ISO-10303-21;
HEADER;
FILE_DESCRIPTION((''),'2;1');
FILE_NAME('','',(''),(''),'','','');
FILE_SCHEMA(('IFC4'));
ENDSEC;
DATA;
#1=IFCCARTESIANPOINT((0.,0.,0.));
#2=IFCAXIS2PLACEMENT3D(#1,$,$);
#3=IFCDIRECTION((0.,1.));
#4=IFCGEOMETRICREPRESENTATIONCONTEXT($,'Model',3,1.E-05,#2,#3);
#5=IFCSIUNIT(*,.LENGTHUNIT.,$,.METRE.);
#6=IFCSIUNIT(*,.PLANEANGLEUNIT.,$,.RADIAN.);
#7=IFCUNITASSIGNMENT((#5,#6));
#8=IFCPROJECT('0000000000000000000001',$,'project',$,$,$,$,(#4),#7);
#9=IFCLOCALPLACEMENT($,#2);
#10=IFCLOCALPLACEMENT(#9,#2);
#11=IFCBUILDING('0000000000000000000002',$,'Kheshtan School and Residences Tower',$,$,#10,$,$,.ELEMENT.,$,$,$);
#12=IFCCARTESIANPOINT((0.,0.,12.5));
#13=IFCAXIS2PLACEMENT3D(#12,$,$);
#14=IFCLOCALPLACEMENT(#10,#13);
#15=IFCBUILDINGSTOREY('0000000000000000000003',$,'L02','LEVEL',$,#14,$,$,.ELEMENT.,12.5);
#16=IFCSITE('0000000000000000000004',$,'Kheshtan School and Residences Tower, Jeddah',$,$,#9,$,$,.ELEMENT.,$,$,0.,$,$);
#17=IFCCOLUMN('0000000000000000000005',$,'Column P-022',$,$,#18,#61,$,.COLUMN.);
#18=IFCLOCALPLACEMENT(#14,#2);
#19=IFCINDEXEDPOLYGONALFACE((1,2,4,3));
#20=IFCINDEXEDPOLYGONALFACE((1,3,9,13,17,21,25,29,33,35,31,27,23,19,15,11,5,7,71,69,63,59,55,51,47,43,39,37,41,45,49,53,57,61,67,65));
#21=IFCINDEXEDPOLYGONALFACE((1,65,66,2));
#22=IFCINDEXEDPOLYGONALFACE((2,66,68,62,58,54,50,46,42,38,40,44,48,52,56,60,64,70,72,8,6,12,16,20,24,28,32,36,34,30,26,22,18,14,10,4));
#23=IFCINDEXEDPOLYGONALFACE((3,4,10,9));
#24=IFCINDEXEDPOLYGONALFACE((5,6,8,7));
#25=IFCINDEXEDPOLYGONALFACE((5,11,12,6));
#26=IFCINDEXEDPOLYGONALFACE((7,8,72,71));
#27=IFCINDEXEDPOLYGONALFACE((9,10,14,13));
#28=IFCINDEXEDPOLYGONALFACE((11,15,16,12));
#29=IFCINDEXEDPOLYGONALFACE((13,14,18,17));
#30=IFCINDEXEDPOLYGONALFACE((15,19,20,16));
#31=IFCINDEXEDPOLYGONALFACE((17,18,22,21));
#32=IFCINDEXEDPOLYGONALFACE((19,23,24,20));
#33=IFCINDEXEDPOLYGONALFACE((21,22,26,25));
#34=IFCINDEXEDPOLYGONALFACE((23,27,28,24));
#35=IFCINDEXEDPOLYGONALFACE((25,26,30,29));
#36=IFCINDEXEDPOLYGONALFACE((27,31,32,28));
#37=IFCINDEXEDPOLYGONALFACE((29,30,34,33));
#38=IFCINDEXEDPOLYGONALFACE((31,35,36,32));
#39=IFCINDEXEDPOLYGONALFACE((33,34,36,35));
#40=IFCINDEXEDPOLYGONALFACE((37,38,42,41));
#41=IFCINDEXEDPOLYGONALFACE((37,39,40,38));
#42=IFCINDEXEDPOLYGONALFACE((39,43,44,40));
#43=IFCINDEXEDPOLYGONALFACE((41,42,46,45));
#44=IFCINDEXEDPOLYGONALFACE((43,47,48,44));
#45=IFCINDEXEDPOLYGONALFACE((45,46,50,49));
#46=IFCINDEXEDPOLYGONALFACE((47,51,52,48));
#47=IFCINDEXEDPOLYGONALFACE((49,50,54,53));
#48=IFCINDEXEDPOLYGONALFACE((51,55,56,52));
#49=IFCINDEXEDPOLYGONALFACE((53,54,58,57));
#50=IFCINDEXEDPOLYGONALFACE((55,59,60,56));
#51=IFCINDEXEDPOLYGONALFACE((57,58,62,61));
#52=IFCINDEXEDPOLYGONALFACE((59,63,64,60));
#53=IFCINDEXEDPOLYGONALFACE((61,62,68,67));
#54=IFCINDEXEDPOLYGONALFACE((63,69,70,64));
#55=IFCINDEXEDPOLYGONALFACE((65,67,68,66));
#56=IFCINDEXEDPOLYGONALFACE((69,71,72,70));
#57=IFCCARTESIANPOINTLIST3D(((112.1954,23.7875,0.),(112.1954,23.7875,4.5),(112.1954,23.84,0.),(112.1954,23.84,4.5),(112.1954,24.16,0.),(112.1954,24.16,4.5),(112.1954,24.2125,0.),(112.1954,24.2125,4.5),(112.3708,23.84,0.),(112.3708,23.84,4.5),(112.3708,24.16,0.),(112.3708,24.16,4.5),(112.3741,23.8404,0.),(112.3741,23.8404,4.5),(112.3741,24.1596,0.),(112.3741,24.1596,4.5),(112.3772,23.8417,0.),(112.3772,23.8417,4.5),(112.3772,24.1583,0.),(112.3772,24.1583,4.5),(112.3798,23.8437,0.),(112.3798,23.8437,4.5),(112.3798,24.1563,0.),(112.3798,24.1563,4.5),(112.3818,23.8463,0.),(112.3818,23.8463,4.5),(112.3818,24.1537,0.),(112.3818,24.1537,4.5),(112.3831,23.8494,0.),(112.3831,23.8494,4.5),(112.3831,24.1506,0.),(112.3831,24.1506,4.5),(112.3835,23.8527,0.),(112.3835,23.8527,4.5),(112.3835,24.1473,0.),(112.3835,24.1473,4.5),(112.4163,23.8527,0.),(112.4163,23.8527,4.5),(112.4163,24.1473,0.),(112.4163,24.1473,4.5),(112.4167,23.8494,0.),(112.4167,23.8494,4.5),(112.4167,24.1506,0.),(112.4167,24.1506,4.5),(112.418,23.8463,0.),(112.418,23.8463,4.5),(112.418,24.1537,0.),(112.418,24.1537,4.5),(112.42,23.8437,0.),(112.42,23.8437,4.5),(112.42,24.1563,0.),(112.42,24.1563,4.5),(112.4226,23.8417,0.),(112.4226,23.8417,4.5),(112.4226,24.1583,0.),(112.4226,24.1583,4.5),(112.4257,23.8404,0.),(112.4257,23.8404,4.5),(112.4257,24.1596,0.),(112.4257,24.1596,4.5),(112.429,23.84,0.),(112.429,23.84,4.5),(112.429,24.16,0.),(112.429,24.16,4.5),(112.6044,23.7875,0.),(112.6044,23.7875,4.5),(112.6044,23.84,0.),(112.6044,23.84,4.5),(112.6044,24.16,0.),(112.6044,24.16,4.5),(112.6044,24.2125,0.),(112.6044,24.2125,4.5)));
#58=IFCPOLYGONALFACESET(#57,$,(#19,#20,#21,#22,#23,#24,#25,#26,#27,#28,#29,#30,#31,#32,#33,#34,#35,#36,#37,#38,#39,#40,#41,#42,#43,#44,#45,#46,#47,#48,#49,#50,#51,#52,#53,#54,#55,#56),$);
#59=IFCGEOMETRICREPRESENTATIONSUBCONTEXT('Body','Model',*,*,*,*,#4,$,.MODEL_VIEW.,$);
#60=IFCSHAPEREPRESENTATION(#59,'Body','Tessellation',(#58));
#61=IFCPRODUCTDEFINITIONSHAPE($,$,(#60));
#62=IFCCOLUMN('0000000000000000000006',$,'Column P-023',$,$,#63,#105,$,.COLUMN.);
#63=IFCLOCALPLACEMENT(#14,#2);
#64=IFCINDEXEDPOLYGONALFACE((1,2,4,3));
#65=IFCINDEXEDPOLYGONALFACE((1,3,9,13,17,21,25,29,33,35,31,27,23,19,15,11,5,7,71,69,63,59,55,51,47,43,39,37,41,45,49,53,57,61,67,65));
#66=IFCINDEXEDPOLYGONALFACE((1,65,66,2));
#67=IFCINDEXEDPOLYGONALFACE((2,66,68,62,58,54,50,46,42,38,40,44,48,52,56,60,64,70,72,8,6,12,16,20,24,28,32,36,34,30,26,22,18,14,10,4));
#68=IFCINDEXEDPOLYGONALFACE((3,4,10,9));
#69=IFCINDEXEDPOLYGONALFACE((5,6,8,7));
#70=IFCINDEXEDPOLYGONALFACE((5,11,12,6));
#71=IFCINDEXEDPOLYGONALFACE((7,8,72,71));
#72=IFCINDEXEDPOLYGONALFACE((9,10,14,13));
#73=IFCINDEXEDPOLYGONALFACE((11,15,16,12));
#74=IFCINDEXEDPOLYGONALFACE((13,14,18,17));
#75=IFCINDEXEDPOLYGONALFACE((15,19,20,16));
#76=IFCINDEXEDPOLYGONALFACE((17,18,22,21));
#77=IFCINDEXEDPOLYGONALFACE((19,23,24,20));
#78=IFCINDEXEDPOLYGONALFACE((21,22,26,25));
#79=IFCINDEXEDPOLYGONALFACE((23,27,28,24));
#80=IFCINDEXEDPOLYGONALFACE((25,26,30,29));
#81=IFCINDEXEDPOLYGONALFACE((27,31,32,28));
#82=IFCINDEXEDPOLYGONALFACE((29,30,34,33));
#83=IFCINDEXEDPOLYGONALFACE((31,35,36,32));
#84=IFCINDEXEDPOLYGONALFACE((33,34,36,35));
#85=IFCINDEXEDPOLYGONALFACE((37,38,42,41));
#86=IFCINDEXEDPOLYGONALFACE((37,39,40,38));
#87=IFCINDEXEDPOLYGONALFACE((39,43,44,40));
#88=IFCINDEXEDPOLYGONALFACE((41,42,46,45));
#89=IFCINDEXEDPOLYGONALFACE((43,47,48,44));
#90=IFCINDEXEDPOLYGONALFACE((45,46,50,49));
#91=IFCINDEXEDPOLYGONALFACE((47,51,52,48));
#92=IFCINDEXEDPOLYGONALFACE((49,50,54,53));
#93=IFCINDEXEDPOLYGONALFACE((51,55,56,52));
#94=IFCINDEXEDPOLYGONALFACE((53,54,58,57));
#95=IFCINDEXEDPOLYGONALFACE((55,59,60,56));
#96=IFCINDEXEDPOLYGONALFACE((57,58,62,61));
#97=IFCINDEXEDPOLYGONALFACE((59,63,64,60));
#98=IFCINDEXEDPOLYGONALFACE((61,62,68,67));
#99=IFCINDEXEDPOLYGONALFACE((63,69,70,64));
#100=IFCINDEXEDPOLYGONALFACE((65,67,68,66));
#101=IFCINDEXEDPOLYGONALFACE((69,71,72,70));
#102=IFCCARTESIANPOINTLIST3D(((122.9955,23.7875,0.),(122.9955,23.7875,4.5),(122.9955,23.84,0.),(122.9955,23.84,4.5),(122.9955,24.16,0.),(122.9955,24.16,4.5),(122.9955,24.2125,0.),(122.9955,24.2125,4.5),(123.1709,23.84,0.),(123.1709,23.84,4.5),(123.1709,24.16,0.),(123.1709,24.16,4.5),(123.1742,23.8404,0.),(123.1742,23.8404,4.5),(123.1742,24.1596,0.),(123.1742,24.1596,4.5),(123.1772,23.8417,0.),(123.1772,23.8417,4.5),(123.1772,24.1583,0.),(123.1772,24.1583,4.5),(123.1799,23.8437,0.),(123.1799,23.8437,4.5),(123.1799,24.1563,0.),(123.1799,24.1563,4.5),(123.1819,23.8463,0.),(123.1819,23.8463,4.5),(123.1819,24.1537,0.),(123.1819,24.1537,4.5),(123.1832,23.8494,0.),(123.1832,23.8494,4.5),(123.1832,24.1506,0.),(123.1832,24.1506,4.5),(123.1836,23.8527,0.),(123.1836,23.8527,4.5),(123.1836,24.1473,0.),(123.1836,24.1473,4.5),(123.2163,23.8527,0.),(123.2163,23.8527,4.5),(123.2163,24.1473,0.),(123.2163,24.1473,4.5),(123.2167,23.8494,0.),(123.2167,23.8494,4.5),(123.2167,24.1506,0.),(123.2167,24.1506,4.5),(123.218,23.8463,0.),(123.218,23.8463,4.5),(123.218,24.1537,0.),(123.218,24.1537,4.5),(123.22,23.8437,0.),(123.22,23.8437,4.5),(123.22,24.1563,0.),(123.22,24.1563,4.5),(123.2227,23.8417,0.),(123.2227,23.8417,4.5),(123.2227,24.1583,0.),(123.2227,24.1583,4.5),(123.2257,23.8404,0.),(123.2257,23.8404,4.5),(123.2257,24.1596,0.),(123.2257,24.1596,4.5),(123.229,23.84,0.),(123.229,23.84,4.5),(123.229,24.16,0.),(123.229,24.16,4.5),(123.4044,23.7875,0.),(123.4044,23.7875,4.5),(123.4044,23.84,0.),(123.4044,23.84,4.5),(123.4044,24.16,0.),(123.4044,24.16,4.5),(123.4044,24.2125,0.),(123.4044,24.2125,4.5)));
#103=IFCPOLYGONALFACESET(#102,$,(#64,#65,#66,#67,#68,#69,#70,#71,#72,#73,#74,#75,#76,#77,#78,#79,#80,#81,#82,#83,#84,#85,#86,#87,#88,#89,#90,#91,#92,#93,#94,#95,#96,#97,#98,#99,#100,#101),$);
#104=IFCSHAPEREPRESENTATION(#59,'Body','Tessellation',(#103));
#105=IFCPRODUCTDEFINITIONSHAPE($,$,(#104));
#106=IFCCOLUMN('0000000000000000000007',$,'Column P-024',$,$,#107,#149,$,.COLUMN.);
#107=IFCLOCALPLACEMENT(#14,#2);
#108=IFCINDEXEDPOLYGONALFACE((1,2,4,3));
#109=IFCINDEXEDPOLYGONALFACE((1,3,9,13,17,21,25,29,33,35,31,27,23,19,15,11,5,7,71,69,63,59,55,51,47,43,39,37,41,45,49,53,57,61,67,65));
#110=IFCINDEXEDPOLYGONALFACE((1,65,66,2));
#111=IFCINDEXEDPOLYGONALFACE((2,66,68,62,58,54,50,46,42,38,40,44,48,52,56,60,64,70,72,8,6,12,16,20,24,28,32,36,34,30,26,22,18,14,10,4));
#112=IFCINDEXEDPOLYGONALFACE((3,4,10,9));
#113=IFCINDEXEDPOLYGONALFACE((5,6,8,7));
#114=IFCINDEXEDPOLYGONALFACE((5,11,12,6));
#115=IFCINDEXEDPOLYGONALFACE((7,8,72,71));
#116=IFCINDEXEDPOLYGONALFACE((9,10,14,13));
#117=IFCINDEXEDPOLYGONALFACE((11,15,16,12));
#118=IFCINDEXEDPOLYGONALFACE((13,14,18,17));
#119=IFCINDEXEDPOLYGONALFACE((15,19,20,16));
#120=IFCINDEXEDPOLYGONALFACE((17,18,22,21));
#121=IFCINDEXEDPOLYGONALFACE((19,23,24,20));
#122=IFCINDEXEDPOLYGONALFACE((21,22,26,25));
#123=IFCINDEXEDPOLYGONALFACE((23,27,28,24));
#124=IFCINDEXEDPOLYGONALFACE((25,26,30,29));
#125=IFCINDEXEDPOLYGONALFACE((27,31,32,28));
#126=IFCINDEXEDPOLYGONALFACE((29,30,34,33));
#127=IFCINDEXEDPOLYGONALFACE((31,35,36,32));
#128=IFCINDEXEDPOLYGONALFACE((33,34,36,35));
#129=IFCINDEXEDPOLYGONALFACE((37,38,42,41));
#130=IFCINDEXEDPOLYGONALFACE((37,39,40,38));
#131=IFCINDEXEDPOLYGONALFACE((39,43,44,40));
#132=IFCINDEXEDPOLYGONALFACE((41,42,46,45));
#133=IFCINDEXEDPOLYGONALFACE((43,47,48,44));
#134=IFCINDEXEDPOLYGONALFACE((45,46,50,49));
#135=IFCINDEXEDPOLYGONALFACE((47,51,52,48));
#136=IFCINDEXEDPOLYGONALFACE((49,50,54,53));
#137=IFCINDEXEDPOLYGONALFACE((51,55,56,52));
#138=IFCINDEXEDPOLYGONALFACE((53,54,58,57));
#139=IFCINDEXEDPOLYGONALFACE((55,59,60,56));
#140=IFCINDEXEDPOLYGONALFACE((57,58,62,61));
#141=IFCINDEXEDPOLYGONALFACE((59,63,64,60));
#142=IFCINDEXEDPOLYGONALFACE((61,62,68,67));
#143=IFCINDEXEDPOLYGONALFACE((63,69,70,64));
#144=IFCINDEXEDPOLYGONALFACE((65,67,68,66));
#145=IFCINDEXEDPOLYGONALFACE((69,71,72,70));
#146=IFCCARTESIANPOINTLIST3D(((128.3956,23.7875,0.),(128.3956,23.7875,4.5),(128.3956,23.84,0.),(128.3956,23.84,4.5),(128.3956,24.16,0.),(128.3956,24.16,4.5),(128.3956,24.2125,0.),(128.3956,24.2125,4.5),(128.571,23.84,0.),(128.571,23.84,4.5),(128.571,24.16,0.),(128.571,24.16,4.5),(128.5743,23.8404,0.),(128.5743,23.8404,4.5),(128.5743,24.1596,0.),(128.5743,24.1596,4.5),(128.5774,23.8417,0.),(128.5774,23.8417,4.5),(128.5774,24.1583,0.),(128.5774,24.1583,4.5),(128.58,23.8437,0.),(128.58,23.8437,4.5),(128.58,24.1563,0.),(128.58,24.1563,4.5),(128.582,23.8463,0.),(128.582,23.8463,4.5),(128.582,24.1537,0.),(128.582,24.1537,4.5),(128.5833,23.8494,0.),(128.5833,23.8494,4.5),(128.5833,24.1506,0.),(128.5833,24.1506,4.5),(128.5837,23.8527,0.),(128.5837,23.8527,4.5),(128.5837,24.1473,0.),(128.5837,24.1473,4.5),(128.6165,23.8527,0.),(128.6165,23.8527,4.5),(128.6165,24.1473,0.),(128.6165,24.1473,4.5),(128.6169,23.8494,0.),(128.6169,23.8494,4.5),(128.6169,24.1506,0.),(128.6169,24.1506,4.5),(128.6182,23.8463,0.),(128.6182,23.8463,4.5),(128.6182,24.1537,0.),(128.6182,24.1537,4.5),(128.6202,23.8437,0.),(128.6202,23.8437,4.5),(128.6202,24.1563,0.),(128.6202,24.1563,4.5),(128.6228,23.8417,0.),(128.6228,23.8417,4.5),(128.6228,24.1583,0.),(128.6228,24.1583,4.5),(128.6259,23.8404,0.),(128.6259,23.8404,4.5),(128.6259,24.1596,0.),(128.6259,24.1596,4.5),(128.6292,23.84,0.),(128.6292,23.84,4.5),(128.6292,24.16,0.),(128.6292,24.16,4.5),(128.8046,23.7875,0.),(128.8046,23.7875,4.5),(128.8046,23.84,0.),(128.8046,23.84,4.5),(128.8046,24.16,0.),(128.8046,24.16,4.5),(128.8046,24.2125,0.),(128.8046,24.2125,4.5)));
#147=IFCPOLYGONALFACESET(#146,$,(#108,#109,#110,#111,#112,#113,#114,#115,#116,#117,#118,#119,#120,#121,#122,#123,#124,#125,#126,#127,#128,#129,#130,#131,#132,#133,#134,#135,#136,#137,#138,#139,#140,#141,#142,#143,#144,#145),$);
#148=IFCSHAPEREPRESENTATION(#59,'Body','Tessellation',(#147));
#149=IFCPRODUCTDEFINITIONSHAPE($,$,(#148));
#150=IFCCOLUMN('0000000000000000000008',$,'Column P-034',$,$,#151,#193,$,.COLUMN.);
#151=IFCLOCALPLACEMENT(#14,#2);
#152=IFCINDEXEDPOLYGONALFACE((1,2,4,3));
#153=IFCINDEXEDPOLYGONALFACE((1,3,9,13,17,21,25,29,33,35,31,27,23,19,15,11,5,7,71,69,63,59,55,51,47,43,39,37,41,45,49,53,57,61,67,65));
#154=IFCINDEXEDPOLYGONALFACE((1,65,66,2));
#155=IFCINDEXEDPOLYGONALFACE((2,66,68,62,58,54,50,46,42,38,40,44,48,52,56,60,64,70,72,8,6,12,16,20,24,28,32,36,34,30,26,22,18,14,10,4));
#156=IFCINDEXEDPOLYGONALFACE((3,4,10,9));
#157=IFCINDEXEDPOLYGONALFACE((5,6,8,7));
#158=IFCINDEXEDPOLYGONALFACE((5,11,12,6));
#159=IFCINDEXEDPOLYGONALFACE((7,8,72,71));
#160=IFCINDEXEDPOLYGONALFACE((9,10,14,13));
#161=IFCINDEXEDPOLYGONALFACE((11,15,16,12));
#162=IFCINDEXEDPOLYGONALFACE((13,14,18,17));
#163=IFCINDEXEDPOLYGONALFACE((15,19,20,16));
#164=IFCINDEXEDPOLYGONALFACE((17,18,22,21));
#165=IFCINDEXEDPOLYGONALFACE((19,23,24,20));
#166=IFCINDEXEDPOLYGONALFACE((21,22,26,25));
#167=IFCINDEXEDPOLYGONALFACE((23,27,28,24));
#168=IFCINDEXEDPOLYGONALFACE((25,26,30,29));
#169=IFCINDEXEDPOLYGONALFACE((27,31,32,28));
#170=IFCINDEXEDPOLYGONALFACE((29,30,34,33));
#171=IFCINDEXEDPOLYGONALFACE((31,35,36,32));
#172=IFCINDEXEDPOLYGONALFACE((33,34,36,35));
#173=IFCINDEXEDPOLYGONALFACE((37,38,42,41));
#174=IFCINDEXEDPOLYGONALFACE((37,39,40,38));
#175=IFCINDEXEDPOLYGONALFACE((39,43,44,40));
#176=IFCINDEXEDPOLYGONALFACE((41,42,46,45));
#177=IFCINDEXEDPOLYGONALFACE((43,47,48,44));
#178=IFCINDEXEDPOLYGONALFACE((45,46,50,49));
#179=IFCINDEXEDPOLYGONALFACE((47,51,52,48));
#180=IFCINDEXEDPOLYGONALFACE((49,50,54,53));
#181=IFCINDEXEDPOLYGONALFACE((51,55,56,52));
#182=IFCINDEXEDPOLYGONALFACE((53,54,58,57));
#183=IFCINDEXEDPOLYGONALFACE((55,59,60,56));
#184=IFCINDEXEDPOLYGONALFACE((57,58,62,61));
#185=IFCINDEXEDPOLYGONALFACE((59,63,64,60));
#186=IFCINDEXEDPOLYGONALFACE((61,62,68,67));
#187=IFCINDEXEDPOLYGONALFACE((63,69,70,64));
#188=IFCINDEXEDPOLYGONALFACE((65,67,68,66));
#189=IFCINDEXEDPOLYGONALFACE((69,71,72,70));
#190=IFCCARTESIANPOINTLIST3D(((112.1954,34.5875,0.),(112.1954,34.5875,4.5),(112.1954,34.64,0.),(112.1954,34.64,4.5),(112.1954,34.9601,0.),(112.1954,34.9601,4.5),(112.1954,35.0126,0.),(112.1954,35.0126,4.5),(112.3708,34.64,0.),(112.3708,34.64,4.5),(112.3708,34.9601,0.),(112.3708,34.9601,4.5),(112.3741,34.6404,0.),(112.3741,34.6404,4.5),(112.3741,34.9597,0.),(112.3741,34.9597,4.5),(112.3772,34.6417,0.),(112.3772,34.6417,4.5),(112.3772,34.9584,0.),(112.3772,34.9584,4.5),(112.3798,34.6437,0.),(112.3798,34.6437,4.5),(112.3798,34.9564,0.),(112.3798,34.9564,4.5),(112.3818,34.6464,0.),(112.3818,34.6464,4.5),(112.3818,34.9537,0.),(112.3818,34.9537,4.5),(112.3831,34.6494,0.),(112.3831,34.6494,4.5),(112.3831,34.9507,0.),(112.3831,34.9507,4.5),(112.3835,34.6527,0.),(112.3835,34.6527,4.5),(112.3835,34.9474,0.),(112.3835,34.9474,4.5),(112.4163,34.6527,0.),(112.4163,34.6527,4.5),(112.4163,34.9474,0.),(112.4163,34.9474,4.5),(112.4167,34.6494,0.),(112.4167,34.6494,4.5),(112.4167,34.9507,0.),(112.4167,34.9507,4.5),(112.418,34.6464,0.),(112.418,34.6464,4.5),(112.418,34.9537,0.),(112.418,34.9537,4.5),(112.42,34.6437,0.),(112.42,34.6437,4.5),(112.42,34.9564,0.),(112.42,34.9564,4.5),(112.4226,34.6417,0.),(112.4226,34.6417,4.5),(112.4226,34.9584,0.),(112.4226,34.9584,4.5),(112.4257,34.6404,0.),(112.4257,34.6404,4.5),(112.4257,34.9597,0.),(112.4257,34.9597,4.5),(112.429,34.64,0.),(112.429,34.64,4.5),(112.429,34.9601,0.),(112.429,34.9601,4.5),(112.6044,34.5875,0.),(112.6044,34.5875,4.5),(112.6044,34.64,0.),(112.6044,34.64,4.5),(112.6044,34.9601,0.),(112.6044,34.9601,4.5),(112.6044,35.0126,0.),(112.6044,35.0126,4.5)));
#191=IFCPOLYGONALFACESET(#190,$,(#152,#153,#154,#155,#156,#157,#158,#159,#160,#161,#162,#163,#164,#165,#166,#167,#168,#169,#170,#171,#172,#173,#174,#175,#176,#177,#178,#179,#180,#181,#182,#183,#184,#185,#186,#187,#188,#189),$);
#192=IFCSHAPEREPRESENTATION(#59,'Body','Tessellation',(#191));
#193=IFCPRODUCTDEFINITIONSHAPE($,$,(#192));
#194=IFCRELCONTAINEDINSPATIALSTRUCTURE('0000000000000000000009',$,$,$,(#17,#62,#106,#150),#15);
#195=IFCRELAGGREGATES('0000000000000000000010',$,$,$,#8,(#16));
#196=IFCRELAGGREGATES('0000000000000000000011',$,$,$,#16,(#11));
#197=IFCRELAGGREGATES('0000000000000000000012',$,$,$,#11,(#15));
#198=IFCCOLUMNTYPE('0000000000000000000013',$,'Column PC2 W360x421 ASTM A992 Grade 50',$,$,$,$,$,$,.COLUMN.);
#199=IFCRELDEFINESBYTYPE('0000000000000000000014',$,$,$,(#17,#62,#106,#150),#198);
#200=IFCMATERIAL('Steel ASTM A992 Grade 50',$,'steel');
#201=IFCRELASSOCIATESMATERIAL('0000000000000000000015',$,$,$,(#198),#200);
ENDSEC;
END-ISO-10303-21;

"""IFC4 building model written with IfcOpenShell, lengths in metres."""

from ifc_helpers import new_model, si_unit, direction, frame, origin, origin_2d, place, context, subcontext, project, spatial, i_section, extrude, material, material_profile, profile_set, type_object, element, save


model = new_model("IFC4")

# Units and contexts
model_context = context("Model", 3, precision=1e-05, world=origin(), true_north=direction((0.0, 1.0)))
body_context = subcontext(model_context, "Body", "Model", "MODEL_VIEW")
ifc_project = project(units=[si_unit("LENGTHUNIT", "METRE"), si_unit("PLANEANGLEUNIT", "RADIAN")], contexts=[model_context])

# Site, building, storey
site_placement = place(None, origin())
site = spatial("IfcSite", under=ifc_project, at=site_placement, Name="Kheshtan School and Residences Tower, Jeddah", CompositionType="ELEMENT", RefElevation=0.0)
building_placement = place(site_placement, origin())
building = spatial("IfcBuilding", under=site, at=building_placement, Name="Kheshtan School and Residences Tower", CompositionType="ELEMENT")
storey_placement = place(building_placement, frame((0.0, 0.0, 12.5)))
storey = spatial("IfcBuildingStorey", under=building, at=storey_placement, Name="L02", Description="LEVEL", CompositionType="ELEMENT", Elevation=12.5)

# Columns
ifc_material_1 = material(Name="Steel ASTM A992 Grade 50", Category="steel")
ifc_material_profile = material_profile(ifc_material_1, i_section(OverallWidth=0.4089, OverallDepth=0.425, WebThickness=0.0327, FlangeThickness=0.0525, FilletRadius=0.0127, at=origin_2d()), Name="W360x421")
ifc_profile_set = profile_set([ifc_material_profile], Name="Steel ASTM A992 Grade 50")
column_type = type_object("IfcColumnType", Name="Column PC2 W360x421 ASTM A992 Grade 50", PredefinedType="COLUMN", material=ifc_profile_set)
for number, where, z_axis, x_axis, name in (
    (1, (112.3999, 24.0, 0.0), (0.0, 0.0, 1.0), (1.0, 0.0, 0.0), "Column P-022"),
    (2, (123.2, 24.0, 0.0), (0.0, 0.0, 1.0), (1.0, 0.0, 0.0), "Column P-023"),
    (3, (128.6001, 24.0, 0.0), (0.0, 0.0, 1.0), (1.0, 0.0, 0.0), "Column P-024"),
    (4, (112.3999, 34.8, 0.0), (0.0, 0.0, 1.0), (1.0, 0.0, 0.0), "Column P-034"),
):
    element("IfcColumn", number, at=place(storey_placement, frame(where, z_axis=z_axis, x_axis=x_axis)), inside=storey, type_object=column_type, Name=name, PredefinedType="COLUMN", context=body_context, shape_type="SweptSolid", body=[
        extrude(i_section(OverallWidth=0.4089, OverallDepth=0.425, WebThickness=0.0327, FlangeThickness=0.0525, FilletRadius=0.0127, at=origin_2d()), origin(), (0.0, 0.0, 1.0), 4.5),
    ])

save(model, "model.ifc")
